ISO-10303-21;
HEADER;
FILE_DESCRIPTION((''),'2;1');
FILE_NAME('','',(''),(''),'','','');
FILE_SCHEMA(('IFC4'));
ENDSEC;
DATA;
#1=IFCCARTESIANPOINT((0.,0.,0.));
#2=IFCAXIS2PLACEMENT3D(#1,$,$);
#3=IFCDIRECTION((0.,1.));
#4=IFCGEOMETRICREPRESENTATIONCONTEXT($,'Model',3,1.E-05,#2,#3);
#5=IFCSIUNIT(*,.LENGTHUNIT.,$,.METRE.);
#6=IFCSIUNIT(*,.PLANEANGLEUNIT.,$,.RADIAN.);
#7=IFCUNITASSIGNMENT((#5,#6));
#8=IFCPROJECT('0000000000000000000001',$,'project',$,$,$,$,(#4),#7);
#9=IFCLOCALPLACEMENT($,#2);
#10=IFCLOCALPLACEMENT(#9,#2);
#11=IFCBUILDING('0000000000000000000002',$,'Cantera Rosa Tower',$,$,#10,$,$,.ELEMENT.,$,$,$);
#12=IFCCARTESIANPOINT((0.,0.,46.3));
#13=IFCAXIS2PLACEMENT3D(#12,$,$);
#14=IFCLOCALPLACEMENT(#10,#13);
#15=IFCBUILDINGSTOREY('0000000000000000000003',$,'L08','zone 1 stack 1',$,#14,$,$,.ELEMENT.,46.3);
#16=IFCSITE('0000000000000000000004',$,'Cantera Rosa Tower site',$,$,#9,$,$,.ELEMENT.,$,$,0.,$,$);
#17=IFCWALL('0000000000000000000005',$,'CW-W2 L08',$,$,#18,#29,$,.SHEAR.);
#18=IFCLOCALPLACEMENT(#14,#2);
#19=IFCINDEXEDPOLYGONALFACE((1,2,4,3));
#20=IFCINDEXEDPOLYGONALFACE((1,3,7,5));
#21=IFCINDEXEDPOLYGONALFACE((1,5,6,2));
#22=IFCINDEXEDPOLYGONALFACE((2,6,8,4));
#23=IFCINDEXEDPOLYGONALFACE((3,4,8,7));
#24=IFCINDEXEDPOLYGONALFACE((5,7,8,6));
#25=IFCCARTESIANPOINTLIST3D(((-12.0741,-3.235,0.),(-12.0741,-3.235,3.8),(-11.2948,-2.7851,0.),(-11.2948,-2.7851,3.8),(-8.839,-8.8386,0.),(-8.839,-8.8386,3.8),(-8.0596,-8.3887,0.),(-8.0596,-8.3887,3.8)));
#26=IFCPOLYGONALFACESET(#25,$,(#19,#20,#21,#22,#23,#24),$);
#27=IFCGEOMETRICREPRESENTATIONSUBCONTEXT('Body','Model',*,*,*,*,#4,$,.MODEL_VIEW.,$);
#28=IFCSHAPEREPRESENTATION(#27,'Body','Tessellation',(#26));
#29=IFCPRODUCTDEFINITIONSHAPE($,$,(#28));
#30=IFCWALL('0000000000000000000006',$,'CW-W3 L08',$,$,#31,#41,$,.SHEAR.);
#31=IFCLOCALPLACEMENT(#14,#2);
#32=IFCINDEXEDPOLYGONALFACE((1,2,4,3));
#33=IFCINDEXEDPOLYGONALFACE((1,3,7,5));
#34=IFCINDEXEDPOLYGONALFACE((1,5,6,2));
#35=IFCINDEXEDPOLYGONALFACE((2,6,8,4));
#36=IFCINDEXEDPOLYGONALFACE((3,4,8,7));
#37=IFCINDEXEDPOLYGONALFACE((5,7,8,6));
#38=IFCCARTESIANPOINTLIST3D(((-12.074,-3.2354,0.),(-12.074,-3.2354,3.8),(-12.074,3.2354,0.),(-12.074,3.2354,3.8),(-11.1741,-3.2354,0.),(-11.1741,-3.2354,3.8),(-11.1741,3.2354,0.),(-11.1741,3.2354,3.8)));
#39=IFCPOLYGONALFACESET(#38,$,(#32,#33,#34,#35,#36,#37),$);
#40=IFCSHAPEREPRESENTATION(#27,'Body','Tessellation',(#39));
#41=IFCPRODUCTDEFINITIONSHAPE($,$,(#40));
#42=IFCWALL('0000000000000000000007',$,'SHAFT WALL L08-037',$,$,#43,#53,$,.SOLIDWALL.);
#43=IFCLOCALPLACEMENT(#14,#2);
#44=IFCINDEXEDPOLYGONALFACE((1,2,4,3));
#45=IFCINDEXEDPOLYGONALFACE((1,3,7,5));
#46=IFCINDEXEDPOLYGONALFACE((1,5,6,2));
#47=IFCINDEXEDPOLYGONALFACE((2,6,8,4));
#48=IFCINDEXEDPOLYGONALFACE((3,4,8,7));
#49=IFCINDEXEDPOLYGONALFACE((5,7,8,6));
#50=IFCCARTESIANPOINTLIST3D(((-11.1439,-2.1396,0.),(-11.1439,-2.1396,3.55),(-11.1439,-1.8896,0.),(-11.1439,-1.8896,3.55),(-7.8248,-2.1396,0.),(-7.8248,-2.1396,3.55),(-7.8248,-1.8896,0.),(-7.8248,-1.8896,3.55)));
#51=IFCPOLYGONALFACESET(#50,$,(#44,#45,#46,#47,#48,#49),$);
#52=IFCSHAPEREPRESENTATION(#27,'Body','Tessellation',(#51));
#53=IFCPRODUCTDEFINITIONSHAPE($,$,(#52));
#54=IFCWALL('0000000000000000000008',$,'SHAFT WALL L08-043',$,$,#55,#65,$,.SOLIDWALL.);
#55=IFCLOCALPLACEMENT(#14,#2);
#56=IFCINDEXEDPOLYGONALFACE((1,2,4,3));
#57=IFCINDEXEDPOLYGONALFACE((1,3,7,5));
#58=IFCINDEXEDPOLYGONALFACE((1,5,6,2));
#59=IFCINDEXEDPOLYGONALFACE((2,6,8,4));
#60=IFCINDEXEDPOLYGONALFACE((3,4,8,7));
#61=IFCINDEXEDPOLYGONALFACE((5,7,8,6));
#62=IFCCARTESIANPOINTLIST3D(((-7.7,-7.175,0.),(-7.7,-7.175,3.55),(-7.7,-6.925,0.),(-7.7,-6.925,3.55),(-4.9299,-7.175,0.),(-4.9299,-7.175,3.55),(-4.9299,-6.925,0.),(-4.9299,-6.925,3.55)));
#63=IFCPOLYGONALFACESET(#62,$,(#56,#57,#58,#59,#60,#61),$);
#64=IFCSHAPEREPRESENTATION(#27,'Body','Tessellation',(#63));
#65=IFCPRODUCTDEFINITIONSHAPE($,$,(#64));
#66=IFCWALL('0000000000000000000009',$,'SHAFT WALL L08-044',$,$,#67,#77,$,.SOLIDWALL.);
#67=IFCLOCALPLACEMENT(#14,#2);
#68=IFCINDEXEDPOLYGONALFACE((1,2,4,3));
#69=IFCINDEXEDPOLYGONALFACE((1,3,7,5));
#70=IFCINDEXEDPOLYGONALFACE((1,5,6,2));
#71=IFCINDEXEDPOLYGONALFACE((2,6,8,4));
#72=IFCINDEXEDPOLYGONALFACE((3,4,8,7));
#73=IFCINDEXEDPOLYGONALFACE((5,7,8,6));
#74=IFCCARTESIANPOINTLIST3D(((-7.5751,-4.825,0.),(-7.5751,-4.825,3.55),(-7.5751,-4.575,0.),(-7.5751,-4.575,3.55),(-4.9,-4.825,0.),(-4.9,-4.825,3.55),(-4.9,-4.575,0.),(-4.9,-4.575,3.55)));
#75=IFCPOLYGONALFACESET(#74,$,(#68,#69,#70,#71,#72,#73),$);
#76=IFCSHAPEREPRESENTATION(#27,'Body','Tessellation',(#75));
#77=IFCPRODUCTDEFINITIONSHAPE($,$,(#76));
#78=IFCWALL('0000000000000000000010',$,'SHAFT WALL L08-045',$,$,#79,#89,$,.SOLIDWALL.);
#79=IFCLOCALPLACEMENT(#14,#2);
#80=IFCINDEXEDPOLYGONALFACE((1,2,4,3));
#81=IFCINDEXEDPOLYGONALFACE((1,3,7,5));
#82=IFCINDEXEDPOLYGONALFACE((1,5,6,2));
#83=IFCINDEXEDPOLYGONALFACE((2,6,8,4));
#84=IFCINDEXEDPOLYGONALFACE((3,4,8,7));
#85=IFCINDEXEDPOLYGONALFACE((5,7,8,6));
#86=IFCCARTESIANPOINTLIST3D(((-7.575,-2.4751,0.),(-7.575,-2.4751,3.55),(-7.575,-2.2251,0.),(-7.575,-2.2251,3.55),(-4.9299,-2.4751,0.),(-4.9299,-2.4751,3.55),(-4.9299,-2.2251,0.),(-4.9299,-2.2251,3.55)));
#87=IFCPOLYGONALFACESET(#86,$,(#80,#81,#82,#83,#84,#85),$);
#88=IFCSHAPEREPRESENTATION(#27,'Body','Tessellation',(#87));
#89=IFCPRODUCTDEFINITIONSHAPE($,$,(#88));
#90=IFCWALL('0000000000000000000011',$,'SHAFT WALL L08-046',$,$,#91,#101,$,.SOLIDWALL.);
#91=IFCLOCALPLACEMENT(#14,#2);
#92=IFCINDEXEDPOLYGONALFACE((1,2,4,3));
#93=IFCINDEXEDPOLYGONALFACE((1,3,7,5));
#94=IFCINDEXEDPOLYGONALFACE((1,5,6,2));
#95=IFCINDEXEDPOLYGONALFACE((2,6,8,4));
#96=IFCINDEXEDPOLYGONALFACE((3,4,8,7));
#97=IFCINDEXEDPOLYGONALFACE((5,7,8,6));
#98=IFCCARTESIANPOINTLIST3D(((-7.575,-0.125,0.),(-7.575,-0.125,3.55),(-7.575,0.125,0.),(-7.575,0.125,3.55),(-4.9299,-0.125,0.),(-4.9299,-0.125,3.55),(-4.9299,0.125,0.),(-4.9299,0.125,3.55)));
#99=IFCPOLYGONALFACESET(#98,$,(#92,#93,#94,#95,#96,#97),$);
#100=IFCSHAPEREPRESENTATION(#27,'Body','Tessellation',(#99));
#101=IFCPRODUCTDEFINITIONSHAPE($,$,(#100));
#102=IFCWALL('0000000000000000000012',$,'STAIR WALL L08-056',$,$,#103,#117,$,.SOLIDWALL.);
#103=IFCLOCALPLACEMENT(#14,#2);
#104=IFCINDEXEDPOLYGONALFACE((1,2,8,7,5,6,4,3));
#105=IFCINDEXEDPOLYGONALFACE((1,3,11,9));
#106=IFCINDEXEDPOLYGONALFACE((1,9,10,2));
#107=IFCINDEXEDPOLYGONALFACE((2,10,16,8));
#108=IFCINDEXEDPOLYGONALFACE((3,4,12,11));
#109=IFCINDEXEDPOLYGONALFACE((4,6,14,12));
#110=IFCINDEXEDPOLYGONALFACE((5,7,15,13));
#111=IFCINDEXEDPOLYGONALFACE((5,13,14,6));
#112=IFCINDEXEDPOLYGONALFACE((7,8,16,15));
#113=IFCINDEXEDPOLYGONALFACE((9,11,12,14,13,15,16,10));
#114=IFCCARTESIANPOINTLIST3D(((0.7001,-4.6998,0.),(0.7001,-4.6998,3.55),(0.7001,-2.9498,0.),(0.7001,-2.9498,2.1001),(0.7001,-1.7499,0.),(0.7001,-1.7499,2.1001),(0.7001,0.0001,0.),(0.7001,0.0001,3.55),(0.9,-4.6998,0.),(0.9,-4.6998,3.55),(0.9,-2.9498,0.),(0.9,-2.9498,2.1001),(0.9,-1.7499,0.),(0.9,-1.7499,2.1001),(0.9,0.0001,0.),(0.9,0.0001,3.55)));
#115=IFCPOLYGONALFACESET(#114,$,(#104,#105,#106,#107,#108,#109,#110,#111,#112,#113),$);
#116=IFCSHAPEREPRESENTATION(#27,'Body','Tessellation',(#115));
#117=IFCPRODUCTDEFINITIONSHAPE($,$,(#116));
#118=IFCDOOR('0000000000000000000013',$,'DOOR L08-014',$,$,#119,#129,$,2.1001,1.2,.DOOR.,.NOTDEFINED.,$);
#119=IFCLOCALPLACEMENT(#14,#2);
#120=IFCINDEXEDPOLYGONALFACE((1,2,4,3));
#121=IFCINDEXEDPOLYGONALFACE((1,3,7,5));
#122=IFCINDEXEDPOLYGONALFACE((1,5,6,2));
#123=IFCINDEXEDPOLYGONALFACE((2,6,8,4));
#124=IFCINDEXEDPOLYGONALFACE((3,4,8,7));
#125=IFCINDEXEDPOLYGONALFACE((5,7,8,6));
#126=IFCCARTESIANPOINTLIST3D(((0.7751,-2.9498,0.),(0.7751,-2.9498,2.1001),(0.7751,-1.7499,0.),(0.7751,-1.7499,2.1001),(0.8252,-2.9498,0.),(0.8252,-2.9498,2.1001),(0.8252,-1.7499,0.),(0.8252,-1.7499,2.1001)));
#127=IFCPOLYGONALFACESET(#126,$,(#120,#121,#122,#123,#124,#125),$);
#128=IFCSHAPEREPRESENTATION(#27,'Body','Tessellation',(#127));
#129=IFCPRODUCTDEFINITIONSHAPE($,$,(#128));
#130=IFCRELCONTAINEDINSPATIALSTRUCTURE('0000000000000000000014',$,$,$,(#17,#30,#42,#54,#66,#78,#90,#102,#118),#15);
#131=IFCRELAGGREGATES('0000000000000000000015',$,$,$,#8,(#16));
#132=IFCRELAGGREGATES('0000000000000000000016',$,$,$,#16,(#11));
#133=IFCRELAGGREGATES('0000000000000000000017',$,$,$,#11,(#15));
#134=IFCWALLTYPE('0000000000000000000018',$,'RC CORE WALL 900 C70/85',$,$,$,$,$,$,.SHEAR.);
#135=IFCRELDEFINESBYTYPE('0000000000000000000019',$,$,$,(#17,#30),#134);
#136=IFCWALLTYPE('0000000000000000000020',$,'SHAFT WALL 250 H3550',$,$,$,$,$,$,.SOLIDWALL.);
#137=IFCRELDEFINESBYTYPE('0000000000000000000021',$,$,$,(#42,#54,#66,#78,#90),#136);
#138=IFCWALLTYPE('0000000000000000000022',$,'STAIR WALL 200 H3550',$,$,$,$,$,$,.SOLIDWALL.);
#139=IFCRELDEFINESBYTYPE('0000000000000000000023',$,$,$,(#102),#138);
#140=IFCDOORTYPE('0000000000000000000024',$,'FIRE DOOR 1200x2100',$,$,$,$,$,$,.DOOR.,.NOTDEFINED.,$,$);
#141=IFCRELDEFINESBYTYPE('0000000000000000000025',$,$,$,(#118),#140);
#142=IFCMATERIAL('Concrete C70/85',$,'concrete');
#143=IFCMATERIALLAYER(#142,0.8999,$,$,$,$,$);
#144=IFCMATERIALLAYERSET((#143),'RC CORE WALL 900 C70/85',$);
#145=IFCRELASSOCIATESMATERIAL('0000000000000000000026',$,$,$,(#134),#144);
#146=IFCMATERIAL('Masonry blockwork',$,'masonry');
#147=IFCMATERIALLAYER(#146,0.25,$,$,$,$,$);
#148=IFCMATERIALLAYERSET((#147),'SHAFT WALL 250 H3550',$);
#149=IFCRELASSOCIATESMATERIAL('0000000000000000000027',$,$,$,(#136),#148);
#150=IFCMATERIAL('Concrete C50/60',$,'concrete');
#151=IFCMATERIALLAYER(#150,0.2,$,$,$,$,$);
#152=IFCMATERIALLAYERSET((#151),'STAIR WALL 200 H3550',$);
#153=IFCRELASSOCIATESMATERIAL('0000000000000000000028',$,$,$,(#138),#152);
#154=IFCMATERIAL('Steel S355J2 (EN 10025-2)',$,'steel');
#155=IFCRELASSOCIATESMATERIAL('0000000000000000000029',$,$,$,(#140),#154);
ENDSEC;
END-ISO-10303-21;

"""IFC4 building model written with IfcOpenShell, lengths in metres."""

from ifc_helpers import new_model, si_unit, direction, frame, frame_2d, origin, place, context, subcontext, project, spatial, rectangle, extrude, material, layer, layer_set, type_object, element, fill, save


model = new_model("IFC4")

# Units and contexts
model_context = context("Model", 3, precision=1e-05, world=origin(), true_north=direction((0.0, 1.0)))
body_context = subcontext(model_context, "Body", "Model", "MODEL_VIEW")
ifc_project = project(units=[si_unit("LENGTHUNIT", "METRE"), si_unit("PLANEANGLEUNIT", "RADIAN")], contexts=[model_context])

# Site, building, storey
site_placement = place(None, origin())
site = spatial("IfcSite", under=ifc_project, at=site_placement, Name="Cantera Rosa Tower site", CompositionType="ELEMENT", RefElevation=0.0)
building_placement = place(site_placement, origin())
building = spatial("IfcBuilding", under=site, at=building_placement, Name="Cantera Rosa Tower", CompositionType="ELEMENT")
storey_placement = place(building_placement, frame((0.0, 0.0, 46.3)))
storey = spatial("IfcBuildingStorey", under=building, at=storey_placement, Name="L08", Description="zone 1 stack 1", CompositionType="ELEMENT", Elevation=46.3)

# Walls
ifc_material_1 = material(Name="Concrete C70/85", Category="concrete")
ifc_layer_1 = layer(ifc_material_1, 0.8999)
ifc_layer_set_1 = layer_set([ifc_layer_1], Name="RC CORE WALL 900 C70/85")
wall_type_1 = type_object("IfcWallType", Name="RC CORE WALL 900 C70/85", PredefinedType="SHEAR", material=ifc_layer_set_1)
wall_1_placement = place(storey_placement, frame((-8.4492, -8.6138, 0.0), z_axis=(0.0, 0.0, 1.0), x_axis=(-0.49999, 0.866031, 0.0)))
element("IfcWall", 1, at=wall_1_placement, inside=storey, type_object=wall_type_1, Name="CW-W2 L08", PredefinedType="SHEAR", context=body_context, shape_type="SweptSolid", body=[
    extrude(rectangle(XDim=6.4705, YDim=0.8999, at=frame_2d((3.2354, 0.0))), origin(), (0.0, 0.0, 1.0), 3.8),
])
wall_2_placement = place(storey_placement, frame((-11.624, -3.2354, 0.0), z_axis=(0.0, 0.0, 1.0), x_axis=(0.0, 1.0, 0.0)))
element("IfcWall", 2, at=wall_2_placement, inside=storey, type_object=wall_type_1, Name="CW-W3 L08", PredefinedType="SHEAR", context=body_context, shape_type="SweptSolid", body=[
    extrude(rectangle(XDim=6.4707, YDim=0.8999, at=frame_2d((3.2354, 0.0))), origin(), (0.0, 0.0, 1.0), 3.8),
])
ifc_material_2 = material(Name="Masonry blockwork", Category="masonry")
ifc_layer_2 = layer(ifc_material_2, 0.25)
ifc_layer_set_2 = layer_set([ifc_layer_2], Name="SHAFT WALL 250 H3550")
wall_type_2 = type_object("IfcWallType", Name="SHAFT WALL 250 H3550", PredefinedType="SOLIDWALL", material=ifc_layer_set_2)
wall_3_placement = place(storey_placement, frame((-11.144, -2.0146, 0.0), z_axis=(0.0, 0.0, 1.0), x_axis=(1.0, 0.0, 0.0)))
element("IfcWall", 3, at=wall_3_placement, inside=storey, type_object=wall_type_2, Name="SHAFT WALL L08-037", PredefinedType="SOLIDWALL", context=body_context, shape_type="SweptSolid", body=[
    extrude(rectangle(XDim=3.3191, YDim=0.25, at=frame_2d((1.6597, 0.0))), origin(), (0.0, 0.0, 1.0), 3.55),
])
wall_4_placement = place(storey_placement, frame((-7.7, -7.05, 0.0), z_axis=(0.0, 0.0, 1.0), x_axis=(1.0, 0.0, 0.0)))
element("IfcWall", 4, at=wall_4_placement, inside=storey, type_object=wall_type_2, Name="SHAFT WALL L08-043", PredefinedType="SOLIDWALL", context=body_context, shape_type="SweptSolid", body=[
    extrude(rectangle(XDim=2.77, YDim=0.25, at=frame_2d((1.385, 0.0))), origin(), (0.0, 0.0, 1.0), 3.55),
])
wall_5_placement = place(storey_placement, frame((-7.575, -4.7, 0.0), z_axis=(0.0, 0.0, 1.0), x_axis=(1.0, 0.0, 0.0)))
element("IfcWall", 5, at=wall_5_placement, inside=storey, type_object=wall_type_2, Name="SHAFT WALL L08-044", PredefinedType="SOLIDWALL", context=body_context, shape_type="SweptSolid", body=[
    extrude(rectangle(XDim=2.675, YDim=0.25, at=frame_2d((1.3374, 0.0))), origin(), (0.0, 0.0, 1.0), 3.55),
])
for number, where, z_axis, x_axis, name in (
    (6, (-7.575, -2.3501, 0.0), (0.0, 0.0, 1.0), (1.0, 0.0, 0.0), "SHAFT WALL L08-045"),
    (7, (-7.575, 0.0, 0.0), (0.0, 0.0, 1.0), (1.0, 0.0, 0.0), "SHAFT WALL L08-046"),
):
    element("IfcWall", number, at=place(storey_placement, frame(where, z_axis=z_axis, x_axis=x_axis)), inside=storey, type_object=wall_type_2, Name=name, PredefinedType="SOLIDWALL", context=body_context, shape_type="SweptSolid", body=[
        extrude(rectangle(XDim=2.645, YDim=0.25, at=frame_2d((1.3225, 0.0))), origin(), (0.0, 0.0, 1.0), 3.55),
    ])

# Wall, opening, door
ifc_material_3 = material(Name="Concrete C50/60", Category="concrete")
ifc_layer_3 = layer(ifc_material_3, 0.2)
ifc_layer_set_3 = layer_set([ifc_layer_3], Name="STAIR WALL 200 H3550")
wall_type_3 = type_object("IfcWallType", Name="STAIR WALL 200 H3550", PredefinedType="SOLIDWALL", material=ifc_layer_set_3)
wall_6_placement = place(storey_placement, frame((0.8, -4.7, 0.0), z_axis=(0.0, 0.0, 1.0), x_axis=(0.0, 1.0, 0.0)))
wall_6 = element("IfcWall", 8, at=wall_6_placement, inside=storey, type_object=wall_type_3, Name="STAIR WALL L08-056", PredefinedType="SOLIDWALL", context=body_context, shape_type="SweptSolid", body=[
    extrude(rectangle(XDim=4.7, YDim=0.2, at=frame_2d((2.3501, 0.0))), origin(), (0.0, 0.0, 1.0), 3.55),
])
opening_placement = place(wall_6_placement, frame((1.75, 0.0, 0.0)))
opening = element("IfcOpeningElement", 9, at=opening_placement, cuts=wall_6, PredefinedType="OPENING", context=body_context, shape_type="SweptSolid", body=[
    extrude(rectangle(XDim=1.2, YDim=2.1001, at=frame_2d((0.6001, 1.05))), frame((0.0, 0.1099, 0.0), z_axis=(0.0, -1.0, 0.0), x_axis=(1.0, 0.0, 0.0)), (0.0, 0.0, 1.0), 0.22),
])
ifc_material_4 = material(Name="Steel S355J2 (EN 10025-2)", Category="steel")
door_type = type_object("IfcDoorType", Name="FIRE DOOR 1200x2100", OperationType="NOTDEFINED", PredefinedType="DOOR", material=ifc_material_4)
door_placement = place(opening_placement, origin())
door = element("IfcDoor", 10, at=door_placement, inside=storey, type_object=door_type, Name="DOOR L08-014", OperationType="NOTDEFINED", OverallHeight=2.1001, OverallWidth=1.2, PredefinedType="DOOR", context=body_context, shape_type="SweptSolid", body=[
    extrude(rectangle(XDim=1.2, YDim=2.1001, at=frame_2d((0.6001, 1.05))), frame((0.0, 0.0249, 0.0), z_axis=(0.0, -1.0, 0.0), x_axis=(1.0, 0.0, 0.0)), (0.0, 0.0, 1.0), 0.05),
])
fill(opening, door)

save(model, "model.ifc")
